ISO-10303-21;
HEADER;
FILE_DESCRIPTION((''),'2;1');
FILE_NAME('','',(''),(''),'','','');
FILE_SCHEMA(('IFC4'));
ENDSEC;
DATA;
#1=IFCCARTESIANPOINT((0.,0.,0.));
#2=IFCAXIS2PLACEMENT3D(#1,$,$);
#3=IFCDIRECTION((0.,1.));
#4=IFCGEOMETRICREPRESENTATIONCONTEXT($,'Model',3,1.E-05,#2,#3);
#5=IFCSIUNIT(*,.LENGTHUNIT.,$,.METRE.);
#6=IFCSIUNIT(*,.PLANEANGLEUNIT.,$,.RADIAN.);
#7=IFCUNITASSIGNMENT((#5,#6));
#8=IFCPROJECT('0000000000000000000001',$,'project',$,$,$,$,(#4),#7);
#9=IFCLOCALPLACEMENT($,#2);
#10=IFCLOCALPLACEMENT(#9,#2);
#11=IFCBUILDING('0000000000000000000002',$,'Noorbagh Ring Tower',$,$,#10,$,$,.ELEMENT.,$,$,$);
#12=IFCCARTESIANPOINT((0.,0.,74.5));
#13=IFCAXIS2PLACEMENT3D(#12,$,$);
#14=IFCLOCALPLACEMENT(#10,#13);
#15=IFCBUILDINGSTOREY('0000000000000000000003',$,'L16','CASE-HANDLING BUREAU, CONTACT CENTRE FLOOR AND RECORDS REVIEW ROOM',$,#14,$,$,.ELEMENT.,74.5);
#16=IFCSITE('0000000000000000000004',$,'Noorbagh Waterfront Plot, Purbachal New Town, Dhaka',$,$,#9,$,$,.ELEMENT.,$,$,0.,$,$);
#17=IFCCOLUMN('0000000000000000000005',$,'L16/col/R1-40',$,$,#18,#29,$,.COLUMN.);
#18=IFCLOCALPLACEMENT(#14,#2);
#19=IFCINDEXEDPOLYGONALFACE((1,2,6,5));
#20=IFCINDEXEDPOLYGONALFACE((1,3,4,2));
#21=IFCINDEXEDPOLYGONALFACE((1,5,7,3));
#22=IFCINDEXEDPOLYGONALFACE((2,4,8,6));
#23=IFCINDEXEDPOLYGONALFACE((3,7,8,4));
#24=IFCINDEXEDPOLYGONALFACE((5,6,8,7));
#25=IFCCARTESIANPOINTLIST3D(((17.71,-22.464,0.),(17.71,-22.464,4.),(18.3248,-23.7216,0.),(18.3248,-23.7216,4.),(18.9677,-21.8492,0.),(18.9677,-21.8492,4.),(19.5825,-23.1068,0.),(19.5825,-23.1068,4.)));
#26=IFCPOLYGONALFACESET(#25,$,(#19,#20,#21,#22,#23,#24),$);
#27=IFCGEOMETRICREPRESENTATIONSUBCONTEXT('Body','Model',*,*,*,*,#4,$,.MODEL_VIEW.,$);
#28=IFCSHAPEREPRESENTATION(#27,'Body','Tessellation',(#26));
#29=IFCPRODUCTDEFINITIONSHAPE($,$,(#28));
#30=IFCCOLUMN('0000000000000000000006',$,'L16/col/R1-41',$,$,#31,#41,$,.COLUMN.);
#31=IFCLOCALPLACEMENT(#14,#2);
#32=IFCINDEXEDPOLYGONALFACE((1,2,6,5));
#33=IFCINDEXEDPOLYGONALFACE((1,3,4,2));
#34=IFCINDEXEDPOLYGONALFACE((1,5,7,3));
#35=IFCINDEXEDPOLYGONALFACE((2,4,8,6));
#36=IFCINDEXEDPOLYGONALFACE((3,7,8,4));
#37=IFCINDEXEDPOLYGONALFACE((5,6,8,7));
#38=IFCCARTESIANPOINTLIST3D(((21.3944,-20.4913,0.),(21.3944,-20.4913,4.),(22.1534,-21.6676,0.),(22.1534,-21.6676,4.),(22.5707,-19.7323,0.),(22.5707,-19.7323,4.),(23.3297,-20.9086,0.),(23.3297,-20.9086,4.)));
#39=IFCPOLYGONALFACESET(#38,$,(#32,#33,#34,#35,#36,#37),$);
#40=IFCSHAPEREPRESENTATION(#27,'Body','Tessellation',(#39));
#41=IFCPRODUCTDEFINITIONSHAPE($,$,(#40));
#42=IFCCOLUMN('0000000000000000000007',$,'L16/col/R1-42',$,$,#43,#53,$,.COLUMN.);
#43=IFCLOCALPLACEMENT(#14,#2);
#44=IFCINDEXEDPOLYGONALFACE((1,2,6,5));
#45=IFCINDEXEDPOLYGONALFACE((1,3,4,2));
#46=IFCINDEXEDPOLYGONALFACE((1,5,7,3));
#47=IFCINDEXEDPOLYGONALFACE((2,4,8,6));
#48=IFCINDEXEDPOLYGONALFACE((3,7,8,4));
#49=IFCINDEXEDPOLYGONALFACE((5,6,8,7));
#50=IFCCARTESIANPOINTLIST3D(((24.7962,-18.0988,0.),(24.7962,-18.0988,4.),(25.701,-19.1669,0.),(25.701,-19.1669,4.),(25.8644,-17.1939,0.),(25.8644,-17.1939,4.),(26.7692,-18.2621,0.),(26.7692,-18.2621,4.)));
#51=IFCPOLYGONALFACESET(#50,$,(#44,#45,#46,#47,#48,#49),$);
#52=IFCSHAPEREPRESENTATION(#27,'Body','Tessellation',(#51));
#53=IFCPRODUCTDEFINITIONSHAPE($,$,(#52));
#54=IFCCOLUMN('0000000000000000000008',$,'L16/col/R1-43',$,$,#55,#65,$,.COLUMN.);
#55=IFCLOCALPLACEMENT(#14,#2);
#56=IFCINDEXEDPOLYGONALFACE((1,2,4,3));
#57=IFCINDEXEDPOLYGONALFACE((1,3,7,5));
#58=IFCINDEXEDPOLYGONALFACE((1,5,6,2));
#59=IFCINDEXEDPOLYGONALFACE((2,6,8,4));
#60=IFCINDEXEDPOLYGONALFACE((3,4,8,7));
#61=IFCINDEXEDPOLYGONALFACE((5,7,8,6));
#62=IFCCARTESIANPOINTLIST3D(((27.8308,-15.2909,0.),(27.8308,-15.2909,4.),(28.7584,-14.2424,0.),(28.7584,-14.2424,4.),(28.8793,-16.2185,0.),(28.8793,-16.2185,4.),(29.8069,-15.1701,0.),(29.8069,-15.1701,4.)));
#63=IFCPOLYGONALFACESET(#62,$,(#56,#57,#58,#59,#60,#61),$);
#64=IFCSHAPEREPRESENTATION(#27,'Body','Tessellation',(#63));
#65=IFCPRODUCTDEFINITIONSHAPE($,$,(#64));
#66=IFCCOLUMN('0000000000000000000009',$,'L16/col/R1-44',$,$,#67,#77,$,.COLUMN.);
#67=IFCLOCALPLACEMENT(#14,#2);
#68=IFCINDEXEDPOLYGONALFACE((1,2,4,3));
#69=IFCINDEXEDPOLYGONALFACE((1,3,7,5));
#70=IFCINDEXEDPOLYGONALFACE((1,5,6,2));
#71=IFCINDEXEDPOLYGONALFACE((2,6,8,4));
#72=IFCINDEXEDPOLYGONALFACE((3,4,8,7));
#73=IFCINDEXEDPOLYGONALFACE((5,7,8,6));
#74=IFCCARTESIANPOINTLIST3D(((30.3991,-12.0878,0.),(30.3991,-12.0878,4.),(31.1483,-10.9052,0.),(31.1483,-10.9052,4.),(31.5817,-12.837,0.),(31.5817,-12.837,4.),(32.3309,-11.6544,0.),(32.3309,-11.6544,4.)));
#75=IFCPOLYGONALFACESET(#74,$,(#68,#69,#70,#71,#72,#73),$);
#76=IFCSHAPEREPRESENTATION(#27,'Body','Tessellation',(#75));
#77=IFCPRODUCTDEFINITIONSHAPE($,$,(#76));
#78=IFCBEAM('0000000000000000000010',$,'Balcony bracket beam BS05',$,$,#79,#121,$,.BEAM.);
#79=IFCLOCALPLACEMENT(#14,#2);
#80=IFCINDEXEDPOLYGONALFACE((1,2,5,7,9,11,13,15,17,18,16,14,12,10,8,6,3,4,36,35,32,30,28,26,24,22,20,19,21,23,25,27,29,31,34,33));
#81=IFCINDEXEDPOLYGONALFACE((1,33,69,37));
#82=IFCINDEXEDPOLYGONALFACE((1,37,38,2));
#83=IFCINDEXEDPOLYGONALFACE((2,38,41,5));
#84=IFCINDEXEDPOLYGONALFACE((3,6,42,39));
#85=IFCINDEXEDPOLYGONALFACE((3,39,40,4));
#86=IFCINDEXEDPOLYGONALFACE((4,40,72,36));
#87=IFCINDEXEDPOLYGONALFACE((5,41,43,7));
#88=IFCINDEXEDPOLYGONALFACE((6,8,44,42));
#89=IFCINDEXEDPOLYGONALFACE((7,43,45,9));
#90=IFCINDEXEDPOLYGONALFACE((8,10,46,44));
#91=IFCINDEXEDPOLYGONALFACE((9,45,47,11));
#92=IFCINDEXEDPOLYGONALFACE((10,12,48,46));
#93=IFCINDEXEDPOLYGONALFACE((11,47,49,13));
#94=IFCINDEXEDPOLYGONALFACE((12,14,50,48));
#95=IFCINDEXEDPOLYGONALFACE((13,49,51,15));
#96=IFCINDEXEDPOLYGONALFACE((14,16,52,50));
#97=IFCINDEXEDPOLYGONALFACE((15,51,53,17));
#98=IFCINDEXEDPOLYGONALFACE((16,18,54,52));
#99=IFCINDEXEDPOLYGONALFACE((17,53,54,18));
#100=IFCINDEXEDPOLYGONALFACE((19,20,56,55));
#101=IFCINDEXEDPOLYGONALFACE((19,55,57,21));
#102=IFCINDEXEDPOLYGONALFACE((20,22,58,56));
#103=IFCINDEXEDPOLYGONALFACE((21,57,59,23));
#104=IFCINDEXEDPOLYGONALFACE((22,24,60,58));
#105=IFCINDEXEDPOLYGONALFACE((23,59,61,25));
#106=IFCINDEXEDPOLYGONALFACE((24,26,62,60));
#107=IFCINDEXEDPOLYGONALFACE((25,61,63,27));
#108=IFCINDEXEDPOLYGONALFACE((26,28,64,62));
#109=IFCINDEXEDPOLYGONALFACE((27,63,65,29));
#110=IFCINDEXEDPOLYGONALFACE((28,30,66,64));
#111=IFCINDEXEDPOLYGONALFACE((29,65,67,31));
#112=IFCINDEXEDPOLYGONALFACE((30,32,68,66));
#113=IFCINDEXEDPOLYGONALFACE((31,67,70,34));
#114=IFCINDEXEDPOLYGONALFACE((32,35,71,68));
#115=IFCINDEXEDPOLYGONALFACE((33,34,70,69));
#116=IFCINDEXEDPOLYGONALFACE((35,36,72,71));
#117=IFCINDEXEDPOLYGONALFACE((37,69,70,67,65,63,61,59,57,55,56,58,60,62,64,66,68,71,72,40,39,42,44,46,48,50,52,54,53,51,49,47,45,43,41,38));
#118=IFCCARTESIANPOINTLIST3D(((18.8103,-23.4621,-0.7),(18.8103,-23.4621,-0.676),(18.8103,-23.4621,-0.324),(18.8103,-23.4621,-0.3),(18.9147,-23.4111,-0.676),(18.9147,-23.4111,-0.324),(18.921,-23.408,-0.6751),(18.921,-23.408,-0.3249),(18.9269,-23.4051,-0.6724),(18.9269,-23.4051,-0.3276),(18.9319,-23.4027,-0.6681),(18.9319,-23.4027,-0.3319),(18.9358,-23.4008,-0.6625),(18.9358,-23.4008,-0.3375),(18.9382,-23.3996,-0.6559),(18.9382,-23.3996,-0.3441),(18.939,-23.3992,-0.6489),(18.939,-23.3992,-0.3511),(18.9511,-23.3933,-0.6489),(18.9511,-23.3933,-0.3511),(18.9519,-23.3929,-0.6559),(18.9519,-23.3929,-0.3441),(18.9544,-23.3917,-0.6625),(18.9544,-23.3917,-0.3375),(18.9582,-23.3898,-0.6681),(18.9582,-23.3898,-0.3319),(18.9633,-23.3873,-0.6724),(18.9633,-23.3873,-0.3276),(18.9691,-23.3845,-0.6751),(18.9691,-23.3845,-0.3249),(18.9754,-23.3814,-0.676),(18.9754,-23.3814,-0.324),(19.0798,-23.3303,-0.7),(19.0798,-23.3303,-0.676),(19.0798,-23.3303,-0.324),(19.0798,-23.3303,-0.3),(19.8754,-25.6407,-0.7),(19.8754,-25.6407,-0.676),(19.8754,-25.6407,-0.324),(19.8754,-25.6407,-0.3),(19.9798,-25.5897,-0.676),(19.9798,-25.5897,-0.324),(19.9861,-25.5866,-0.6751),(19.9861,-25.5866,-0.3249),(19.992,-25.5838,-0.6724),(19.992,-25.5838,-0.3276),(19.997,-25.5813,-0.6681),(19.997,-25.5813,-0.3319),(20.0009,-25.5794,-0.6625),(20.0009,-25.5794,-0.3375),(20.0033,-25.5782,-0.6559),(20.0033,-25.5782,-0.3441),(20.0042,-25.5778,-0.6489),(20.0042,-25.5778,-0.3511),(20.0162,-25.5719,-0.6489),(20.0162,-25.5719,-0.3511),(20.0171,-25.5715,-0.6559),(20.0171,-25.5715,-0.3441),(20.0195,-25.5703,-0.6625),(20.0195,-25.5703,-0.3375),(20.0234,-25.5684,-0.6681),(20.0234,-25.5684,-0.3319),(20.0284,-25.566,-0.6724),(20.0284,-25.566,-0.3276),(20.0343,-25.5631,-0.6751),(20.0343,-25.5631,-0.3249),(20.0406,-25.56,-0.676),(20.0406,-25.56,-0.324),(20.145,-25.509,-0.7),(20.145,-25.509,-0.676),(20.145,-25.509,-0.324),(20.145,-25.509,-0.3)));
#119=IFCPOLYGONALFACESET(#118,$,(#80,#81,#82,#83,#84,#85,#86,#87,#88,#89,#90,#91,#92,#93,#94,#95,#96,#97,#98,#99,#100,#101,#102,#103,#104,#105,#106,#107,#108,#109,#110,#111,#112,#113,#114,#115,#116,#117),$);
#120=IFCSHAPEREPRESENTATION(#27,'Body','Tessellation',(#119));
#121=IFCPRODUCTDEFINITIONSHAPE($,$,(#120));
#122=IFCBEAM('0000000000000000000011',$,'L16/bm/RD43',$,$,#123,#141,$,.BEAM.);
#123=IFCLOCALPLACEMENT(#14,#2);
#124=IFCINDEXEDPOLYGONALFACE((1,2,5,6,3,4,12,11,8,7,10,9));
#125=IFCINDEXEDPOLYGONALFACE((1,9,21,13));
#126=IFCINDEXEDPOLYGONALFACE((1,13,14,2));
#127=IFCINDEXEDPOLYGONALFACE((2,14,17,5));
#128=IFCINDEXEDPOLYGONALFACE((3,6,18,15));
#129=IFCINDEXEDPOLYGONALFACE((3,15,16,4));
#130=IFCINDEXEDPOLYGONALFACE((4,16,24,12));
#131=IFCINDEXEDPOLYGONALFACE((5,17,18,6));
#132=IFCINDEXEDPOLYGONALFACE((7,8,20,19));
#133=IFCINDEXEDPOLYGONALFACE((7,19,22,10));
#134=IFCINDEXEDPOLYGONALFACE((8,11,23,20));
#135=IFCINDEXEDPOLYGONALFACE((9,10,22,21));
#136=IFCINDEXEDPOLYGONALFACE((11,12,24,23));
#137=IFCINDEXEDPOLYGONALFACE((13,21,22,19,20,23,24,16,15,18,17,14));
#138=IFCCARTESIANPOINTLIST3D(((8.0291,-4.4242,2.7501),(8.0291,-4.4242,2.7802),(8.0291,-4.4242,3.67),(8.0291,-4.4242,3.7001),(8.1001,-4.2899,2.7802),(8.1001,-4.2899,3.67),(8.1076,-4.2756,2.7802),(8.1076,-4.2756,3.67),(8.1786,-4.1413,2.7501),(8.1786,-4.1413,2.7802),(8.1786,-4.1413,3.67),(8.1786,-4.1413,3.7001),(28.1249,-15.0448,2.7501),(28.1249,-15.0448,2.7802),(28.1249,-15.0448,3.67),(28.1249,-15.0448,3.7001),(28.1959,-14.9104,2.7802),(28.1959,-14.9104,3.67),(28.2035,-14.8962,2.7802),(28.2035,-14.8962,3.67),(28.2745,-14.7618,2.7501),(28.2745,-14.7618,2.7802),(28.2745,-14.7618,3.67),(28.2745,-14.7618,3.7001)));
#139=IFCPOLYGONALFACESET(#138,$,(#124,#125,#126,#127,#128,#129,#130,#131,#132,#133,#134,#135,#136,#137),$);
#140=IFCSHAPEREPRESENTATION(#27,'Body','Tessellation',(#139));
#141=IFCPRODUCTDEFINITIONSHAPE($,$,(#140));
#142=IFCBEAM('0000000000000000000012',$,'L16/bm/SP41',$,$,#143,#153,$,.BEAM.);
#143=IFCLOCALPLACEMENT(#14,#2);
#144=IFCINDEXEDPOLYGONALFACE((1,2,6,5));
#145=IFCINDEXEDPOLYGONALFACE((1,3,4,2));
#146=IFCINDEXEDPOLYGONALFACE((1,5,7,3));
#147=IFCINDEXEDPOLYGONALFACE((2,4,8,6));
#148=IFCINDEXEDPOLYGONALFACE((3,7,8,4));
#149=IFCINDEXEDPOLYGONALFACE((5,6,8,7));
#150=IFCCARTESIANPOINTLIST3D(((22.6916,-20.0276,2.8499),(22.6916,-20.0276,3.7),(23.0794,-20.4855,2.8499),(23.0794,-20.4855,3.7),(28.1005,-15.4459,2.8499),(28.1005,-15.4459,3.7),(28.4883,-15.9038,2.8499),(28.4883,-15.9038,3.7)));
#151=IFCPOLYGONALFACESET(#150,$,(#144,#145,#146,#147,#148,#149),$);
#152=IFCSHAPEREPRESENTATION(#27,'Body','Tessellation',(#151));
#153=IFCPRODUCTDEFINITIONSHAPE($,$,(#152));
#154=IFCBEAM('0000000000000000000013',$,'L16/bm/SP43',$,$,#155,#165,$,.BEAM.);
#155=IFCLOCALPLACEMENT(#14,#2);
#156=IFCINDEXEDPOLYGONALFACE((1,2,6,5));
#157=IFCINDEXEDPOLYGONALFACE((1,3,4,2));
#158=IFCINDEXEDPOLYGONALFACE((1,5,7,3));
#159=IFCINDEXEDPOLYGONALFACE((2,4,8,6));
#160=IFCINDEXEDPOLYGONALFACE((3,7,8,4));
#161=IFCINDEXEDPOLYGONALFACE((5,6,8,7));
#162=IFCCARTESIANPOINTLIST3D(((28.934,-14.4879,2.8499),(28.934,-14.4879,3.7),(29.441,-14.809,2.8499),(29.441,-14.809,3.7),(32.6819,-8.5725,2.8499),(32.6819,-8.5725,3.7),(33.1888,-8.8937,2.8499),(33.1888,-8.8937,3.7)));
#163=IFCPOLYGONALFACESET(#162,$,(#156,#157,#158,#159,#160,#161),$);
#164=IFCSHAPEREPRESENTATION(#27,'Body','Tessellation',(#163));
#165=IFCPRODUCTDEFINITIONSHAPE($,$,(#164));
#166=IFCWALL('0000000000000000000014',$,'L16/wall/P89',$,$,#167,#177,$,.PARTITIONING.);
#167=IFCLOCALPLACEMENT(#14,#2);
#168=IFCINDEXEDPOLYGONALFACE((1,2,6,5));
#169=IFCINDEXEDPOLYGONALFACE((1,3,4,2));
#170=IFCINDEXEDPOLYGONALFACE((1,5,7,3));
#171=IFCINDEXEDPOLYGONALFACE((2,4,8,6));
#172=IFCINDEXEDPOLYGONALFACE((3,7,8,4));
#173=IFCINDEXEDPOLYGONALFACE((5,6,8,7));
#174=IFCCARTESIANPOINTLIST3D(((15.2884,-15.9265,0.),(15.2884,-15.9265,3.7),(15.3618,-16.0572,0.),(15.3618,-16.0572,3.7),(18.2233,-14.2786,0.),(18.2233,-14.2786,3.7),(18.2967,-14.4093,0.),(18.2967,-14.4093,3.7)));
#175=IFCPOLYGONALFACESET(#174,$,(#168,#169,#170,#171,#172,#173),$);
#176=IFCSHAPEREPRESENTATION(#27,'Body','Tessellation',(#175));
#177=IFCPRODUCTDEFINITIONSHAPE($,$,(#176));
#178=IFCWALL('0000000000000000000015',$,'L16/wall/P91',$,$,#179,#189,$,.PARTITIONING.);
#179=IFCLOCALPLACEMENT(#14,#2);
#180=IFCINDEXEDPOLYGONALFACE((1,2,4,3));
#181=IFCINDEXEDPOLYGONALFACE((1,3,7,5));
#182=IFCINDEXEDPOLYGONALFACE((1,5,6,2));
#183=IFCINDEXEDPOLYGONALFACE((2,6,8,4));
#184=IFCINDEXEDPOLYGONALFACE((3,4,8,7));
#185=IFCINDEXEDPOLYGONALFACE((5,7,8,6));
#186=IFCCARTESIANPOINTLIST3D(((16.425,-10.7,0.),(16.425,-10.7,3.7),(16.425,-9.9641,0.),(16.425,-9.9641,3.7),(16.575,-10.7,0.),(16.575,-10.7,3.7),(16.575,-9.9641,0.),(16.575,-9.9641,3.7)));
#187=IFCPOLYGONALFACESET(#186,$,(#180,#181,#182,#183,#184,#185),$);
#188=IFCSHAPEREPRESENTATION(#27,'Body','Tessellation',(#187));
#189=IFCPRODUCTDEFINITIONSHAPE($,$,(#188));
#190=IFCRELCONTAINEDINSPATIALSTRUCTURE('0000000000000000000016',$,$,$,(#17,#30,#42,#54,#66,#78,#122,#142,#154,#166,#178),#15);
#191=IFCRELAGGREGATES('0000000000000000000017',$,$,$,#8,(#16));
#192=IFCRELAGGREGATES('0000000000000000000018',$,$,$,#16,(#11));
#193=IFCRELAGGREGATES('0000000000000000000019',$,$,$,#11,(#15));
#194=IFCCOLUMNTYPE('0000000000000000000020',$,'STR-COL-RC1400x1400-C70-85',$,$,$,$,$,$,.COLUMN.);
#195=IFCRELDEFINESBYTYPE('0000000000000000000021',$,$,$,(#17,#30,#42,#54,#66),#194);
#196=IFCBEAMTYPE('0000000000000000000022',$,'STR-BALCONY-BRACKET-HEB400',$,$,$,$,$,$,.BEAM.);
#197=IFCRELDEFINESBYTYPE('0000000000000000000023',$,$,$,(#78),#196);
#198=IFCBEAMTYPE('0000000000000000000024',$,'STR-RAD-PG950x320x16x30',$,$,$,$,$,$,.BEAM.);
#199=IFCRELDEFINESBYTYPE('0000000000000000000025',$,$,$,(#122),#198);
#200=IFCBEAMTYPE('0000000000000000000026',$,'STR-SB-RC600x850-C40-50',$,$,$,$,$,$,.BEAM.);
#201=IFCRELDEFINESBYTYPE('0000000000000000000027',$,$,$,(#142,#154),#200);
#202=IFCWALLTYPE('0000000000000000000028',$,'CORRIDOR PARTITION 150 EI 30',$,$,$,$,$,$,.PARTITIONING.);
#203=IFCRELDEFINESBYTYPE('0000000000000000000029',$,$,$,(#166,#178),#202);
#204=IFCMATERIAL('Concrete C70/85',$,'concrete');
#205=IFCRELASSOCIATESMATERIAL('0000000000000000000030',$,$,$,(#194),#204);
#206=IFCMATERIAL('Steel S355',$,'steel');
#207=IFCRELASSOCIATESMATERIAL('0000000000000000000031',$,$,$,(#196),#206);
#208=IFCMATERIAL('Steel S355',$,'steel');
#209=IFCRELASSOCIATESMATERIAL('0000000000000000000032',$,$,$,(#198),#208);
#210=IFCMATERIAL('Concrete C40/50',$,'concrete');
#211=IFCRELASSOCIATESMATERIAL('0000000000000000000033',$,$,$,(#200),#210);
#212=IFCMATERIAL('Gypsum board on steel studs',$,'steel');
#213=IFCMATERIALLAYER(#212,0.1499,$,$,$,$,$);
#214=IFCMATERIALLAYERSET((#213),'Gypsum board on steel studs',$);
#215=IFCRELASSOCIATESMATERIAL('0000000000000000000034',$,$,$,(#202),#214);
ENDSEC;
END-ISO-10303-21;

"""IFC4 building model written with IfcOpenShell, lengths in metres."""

from ifc_helpers import new_model, si_unit, direction, frame, frame_2d, origin, origin_2d, place, context, subcontext, project, spatial, rectangle, i_section, extrude, material, layer, layer_set, material_profile, profile_set, type_object, element, save


model = new_model("IFC4")

# Units and contexts
model_context = context("Model", 3, precision=1e-05, world=origin(), true_north=direction((0.0, 1.0)))
body_context = subcontext(model_context, "Body", "Model", "MODEL_VIEW")
ifc_project = project(units=[si_unit("LENGTHUNIT", "METRE"), si_unit("PLANEANGLEUNIT", "RADIAN")], contexts=[model_context])

# Site, building, storey
site_placement = place(None, origin())
site = spatial("IfcSite", under=ifc_project, at=site_placement, Name="Noorbagh Waterfront Plot, Purbachal New Town, Dhaka", CompositionType="ELEMENT", RefElevation=0.0)
building_placement = place(site_placement, origin())
building = spatial("IfcBuilding", under=site, at=building_placement, Name="Noorbagh Ring Tower", CompositionType="ELEMENT")
storey_placement = place(building_placement, frame((0.0, 0.0, 74.5)))
storey = spatial("IfcBuildingStorey", under=building, at=storey_placement, Name="L16", Description="CASE-HANDLING BUREAU, CONTACT CENTRE FLOOR AND RECORDS REVIEW ROOM", CompositionType="ELEMENT", Elevation=74.5)

# Columns
ifc_material_1 = material(Name="Concrete C70/85", Category="concrete")
ifc_material_profile_1 = material_profile(ifc_material_1, rectangle(XDim=1.3999, YDim=1.3999, at=origin_2d()), Name="RC1400x1400")
ifc_profile_set_1 = profile_set([ifc_material_profile_1], Name="Concrete C70/85")
column_type = type_object("IfcColumnType", Name="STR-COL-RC1400x1400-C70-85", PredefinedType="COLUMN", material=ifc_profile_set_1)
for number, where, z_axis, x_axis, name in (
    (1, (18.6462, -22.7854, 0.0), (0.0, 0.0, 1.0), (0.898399, 0.43918, 0.0), "L16/col/R1-40"),
    (2, (22.3621, -20.7, 0.0), (0.0, 0.0, 1.0), (0.840248, 0.542203, 0.0), "L16/col/R1-41"),
    (3, (25.7827, -18.1804, 0.0), (0.0, 0.0, 1.0), (0.763035, 0.646357, 0.0), "L16/col/R1-42"),
    (4, (28.8188, -15.2305, 0.0), (0.0, 0.0, 1.0), (0.662636, 0.748942, 0.0), "L16/col/R1-43"),
    (5, (31.365, -11.8711, 0.0), (0.0, 0.0, 1.0), (0.53519, 0.844731, 0.0), "L16/col/R1-44"),
):
    element("IfcColumn", number, at=place(storey_placement, frame(where, z_axis=z_axis, x_axis=x_axis)), inside=storey, type_object=column_type, Name=name, PredefinedType="COLUMN", context=body_context, shape_type="SweptSolid", body=[
        extrude(rectangle(XDim=1.3999, YDim=1.3999, at=origin_2d()), origin(), (0.0, 0.0, 1.0), 4.0),
    ])

# Beams
ifc_material_2 = material(Name="Steel S355", Category="steel")
ifc_material_profile_2 = material_profile(ifc_material_2, i_section(OverallWidth=0.3, OverallDepth=0.3999, WebThickness=0.0134, FlangeThickness=0.0239, FilletRadius=0.0271, at=origin_2d()), Name="HEB400")
ifc_profile_set_2 = profile_set([ifc_material_profile_2], Name="Steel S355")
beam_type_1 = type_object("IfcBeamType", Name="STR-BALCONY-BRACKET-HEB400", PredefinedType="BEAM", material=ifc_profile_set_2)
beam_1_placement = place(storey_placement, frame((18.9451, -23.3962, -0.5), z_axis=(0.439223, -0.898378, 0.0), x_axis=(0.898378, 0.439223, 0.0)))
element("IfcBeam", 6, at=beam_1_placement, inside=storey, type_object=beam_type_1, Name="Balcony bracket beam BS05", PredefinedType="BEAM", context=body_context, shape_type="SweptSolid", body=[
    extrude(i_section(OverallWidth=0.3, OverallDepth=0.3999, WebThickness=0.0134, FlangeThickness=0.0239, FilletRadius=0.0271, at=origin_2d()), origin(), (0.0, 0.0, 1.0), 2.425),
])
ifc_material_3 = material(Name="Steel S355", Category="steel")
ifc_material_profile_3 = material_profile(ifc_material_3, i_section(OverallWidth=0.3201, OverallDepth=0.95, WebThickness=0.0161, FlangeThickness=0.03, at=origin_2d()), Name="PG950x320x16x30")
ifc_profile_set_3 = profile_set([ifc_material_profile_3], Name="Steel S355")
beam_type_2 = type_object("IfcBeamType", Name="STR-RAD-PG950x320x16x30", PredefinedType="BEAM", material=ifc_profile_set_3)
beam_2_placement = place(storey_placement, frame((28.1997, -14.9033, 3.2251), z_axis=(-0.884123, 0.467254, 0.0), x_axis=(-0.467254, -0.884123, 0.0)))
element("IfcBeam", 7, at=beam_2_placement, inside=storey, type_object=beam_type_2, Name="L16/bm/RD43", PredefinedType="BEAM", context=body_context, shape_type="SweptSolid", body=[
    extrude(i_section(OverallWidth=0.3201, OverallDepth=0.95, WebThickness=0.0161, FlangeThickness=0.03, at=origin_2d()), origin(), (0.0, 0.0, 1.0), 22.7297),
])
ifc_material_4 = material(Name="Concrete C40/50", Category="concrete")
ifc_material_profile_4 = material_profile(ifc_material_4, rectangle(XDim=0.6001, YDim=0.8501, at=origin_2d()), Name="RC600x850")
ifc_profile_set_4 = profile_set([ifc_material_profile_4], Name="Concrete C40/50")
beam_type_3 = type_object("IfcBeamType", Name="STR-SB-RC600x850-C40-50", PredefinedType="BEAM", material=ifc_profile_set_4)
beam_3_placement = place(storey_placement, frame((22.8855, -20.2566, 3.2749), z_axis=(0.763039, 0.646353, 0.0), x_axis=(-0.646353, 0.763039, 0.0)))
element("IfcBeam", 8, at=beam_3_placement, inside=storey, type_object=beam_type_3, Name="L16/bm/SP41", PredefinedType="BEAM", context=body_context, shape_type="SweptSolid", body=[
    extrude(rectangle(XDim=0.6001, YDim=0.8501, at=origin_2d()), origin(), (0.0, 0.0, 1.0), 7.0886),
])
beam_4_placement = place(storey_placement, frame((29.1875, -14.6484, 3.2749), z_axis=(0.535201, 0.844725, 0.0), x_axis=(-0.844725, 0.535201, 0.0)))
element("IfcBeam", 9, at=beam_4_placement, inside=storey, type_object=beam_type_3, Name="L16/bm/SP43", PredefinedType="BEAM", context=body_context, shape_type="SweptSolid", body=[
    extrude(rectangle(XDim=0.6001, YDim=0.8501, at=origin_2d()), origin(), (0.0, 0.0, 1.0), 7.0027),
])

# Walls
ifc_material_5 = material(Name="Gypsum board on steel studs", Category="steel")
ifc_layer_1 = layer(ifc_material_5, 0.1499)
ifc_layer_set_1 = layer_set([ifc_layer_1], Name="Gypsum board on steel studs")
wall_type_1 = type_object("IfcWallType", Name="CORRIDOR PARTITION 150 EI 30", PredefinedType="PARTITIONING", material=ifc_layer_set_1)
wall_1_placement = place(storey_placement, frame((15.325, -15.9919, 0.0), z_axis=(0.0, 0.0, 1.0), x_axis=(0.871959, 0.489579, 0.0)))
element("IfcWall", 10, at=wall_1_placement, inside=storey, type_object=wall_type_1, Name="L16/wall/P89", PredefinedType="PARTITIONING", context=body_context, shape_type="SweptSolid", body=[
    extrude(rectangle(XDim=3.366, YDim=0.1499, at=frame_2d((1.6831, 0.0))), origin(), (0.0, 0.0, 1.0), 3.7),
])
wall_2_placement = place(storey_placement, frame((16.5, -10.7, 0.0), z_axis=(0.0, 0.0, 1.0), x_axis=(0.0, 1.0, 0.0)))
element("IfcWall", 11, at=wall_2_placement, inside=storey, type_object=wall_type_1, Name="L16/wall/P91", PredefinedType="PARTITIONING", context=body_context, shape_type="SweptSolid", body=[
    extrude(rectangle(XDim=0.7358, YDim=0.1499, at=frame_2d((0.3679, 0.0))), origin(), (0.0, 0.0, 1.0), 3.7),
])

save(model, "model.ifc")
